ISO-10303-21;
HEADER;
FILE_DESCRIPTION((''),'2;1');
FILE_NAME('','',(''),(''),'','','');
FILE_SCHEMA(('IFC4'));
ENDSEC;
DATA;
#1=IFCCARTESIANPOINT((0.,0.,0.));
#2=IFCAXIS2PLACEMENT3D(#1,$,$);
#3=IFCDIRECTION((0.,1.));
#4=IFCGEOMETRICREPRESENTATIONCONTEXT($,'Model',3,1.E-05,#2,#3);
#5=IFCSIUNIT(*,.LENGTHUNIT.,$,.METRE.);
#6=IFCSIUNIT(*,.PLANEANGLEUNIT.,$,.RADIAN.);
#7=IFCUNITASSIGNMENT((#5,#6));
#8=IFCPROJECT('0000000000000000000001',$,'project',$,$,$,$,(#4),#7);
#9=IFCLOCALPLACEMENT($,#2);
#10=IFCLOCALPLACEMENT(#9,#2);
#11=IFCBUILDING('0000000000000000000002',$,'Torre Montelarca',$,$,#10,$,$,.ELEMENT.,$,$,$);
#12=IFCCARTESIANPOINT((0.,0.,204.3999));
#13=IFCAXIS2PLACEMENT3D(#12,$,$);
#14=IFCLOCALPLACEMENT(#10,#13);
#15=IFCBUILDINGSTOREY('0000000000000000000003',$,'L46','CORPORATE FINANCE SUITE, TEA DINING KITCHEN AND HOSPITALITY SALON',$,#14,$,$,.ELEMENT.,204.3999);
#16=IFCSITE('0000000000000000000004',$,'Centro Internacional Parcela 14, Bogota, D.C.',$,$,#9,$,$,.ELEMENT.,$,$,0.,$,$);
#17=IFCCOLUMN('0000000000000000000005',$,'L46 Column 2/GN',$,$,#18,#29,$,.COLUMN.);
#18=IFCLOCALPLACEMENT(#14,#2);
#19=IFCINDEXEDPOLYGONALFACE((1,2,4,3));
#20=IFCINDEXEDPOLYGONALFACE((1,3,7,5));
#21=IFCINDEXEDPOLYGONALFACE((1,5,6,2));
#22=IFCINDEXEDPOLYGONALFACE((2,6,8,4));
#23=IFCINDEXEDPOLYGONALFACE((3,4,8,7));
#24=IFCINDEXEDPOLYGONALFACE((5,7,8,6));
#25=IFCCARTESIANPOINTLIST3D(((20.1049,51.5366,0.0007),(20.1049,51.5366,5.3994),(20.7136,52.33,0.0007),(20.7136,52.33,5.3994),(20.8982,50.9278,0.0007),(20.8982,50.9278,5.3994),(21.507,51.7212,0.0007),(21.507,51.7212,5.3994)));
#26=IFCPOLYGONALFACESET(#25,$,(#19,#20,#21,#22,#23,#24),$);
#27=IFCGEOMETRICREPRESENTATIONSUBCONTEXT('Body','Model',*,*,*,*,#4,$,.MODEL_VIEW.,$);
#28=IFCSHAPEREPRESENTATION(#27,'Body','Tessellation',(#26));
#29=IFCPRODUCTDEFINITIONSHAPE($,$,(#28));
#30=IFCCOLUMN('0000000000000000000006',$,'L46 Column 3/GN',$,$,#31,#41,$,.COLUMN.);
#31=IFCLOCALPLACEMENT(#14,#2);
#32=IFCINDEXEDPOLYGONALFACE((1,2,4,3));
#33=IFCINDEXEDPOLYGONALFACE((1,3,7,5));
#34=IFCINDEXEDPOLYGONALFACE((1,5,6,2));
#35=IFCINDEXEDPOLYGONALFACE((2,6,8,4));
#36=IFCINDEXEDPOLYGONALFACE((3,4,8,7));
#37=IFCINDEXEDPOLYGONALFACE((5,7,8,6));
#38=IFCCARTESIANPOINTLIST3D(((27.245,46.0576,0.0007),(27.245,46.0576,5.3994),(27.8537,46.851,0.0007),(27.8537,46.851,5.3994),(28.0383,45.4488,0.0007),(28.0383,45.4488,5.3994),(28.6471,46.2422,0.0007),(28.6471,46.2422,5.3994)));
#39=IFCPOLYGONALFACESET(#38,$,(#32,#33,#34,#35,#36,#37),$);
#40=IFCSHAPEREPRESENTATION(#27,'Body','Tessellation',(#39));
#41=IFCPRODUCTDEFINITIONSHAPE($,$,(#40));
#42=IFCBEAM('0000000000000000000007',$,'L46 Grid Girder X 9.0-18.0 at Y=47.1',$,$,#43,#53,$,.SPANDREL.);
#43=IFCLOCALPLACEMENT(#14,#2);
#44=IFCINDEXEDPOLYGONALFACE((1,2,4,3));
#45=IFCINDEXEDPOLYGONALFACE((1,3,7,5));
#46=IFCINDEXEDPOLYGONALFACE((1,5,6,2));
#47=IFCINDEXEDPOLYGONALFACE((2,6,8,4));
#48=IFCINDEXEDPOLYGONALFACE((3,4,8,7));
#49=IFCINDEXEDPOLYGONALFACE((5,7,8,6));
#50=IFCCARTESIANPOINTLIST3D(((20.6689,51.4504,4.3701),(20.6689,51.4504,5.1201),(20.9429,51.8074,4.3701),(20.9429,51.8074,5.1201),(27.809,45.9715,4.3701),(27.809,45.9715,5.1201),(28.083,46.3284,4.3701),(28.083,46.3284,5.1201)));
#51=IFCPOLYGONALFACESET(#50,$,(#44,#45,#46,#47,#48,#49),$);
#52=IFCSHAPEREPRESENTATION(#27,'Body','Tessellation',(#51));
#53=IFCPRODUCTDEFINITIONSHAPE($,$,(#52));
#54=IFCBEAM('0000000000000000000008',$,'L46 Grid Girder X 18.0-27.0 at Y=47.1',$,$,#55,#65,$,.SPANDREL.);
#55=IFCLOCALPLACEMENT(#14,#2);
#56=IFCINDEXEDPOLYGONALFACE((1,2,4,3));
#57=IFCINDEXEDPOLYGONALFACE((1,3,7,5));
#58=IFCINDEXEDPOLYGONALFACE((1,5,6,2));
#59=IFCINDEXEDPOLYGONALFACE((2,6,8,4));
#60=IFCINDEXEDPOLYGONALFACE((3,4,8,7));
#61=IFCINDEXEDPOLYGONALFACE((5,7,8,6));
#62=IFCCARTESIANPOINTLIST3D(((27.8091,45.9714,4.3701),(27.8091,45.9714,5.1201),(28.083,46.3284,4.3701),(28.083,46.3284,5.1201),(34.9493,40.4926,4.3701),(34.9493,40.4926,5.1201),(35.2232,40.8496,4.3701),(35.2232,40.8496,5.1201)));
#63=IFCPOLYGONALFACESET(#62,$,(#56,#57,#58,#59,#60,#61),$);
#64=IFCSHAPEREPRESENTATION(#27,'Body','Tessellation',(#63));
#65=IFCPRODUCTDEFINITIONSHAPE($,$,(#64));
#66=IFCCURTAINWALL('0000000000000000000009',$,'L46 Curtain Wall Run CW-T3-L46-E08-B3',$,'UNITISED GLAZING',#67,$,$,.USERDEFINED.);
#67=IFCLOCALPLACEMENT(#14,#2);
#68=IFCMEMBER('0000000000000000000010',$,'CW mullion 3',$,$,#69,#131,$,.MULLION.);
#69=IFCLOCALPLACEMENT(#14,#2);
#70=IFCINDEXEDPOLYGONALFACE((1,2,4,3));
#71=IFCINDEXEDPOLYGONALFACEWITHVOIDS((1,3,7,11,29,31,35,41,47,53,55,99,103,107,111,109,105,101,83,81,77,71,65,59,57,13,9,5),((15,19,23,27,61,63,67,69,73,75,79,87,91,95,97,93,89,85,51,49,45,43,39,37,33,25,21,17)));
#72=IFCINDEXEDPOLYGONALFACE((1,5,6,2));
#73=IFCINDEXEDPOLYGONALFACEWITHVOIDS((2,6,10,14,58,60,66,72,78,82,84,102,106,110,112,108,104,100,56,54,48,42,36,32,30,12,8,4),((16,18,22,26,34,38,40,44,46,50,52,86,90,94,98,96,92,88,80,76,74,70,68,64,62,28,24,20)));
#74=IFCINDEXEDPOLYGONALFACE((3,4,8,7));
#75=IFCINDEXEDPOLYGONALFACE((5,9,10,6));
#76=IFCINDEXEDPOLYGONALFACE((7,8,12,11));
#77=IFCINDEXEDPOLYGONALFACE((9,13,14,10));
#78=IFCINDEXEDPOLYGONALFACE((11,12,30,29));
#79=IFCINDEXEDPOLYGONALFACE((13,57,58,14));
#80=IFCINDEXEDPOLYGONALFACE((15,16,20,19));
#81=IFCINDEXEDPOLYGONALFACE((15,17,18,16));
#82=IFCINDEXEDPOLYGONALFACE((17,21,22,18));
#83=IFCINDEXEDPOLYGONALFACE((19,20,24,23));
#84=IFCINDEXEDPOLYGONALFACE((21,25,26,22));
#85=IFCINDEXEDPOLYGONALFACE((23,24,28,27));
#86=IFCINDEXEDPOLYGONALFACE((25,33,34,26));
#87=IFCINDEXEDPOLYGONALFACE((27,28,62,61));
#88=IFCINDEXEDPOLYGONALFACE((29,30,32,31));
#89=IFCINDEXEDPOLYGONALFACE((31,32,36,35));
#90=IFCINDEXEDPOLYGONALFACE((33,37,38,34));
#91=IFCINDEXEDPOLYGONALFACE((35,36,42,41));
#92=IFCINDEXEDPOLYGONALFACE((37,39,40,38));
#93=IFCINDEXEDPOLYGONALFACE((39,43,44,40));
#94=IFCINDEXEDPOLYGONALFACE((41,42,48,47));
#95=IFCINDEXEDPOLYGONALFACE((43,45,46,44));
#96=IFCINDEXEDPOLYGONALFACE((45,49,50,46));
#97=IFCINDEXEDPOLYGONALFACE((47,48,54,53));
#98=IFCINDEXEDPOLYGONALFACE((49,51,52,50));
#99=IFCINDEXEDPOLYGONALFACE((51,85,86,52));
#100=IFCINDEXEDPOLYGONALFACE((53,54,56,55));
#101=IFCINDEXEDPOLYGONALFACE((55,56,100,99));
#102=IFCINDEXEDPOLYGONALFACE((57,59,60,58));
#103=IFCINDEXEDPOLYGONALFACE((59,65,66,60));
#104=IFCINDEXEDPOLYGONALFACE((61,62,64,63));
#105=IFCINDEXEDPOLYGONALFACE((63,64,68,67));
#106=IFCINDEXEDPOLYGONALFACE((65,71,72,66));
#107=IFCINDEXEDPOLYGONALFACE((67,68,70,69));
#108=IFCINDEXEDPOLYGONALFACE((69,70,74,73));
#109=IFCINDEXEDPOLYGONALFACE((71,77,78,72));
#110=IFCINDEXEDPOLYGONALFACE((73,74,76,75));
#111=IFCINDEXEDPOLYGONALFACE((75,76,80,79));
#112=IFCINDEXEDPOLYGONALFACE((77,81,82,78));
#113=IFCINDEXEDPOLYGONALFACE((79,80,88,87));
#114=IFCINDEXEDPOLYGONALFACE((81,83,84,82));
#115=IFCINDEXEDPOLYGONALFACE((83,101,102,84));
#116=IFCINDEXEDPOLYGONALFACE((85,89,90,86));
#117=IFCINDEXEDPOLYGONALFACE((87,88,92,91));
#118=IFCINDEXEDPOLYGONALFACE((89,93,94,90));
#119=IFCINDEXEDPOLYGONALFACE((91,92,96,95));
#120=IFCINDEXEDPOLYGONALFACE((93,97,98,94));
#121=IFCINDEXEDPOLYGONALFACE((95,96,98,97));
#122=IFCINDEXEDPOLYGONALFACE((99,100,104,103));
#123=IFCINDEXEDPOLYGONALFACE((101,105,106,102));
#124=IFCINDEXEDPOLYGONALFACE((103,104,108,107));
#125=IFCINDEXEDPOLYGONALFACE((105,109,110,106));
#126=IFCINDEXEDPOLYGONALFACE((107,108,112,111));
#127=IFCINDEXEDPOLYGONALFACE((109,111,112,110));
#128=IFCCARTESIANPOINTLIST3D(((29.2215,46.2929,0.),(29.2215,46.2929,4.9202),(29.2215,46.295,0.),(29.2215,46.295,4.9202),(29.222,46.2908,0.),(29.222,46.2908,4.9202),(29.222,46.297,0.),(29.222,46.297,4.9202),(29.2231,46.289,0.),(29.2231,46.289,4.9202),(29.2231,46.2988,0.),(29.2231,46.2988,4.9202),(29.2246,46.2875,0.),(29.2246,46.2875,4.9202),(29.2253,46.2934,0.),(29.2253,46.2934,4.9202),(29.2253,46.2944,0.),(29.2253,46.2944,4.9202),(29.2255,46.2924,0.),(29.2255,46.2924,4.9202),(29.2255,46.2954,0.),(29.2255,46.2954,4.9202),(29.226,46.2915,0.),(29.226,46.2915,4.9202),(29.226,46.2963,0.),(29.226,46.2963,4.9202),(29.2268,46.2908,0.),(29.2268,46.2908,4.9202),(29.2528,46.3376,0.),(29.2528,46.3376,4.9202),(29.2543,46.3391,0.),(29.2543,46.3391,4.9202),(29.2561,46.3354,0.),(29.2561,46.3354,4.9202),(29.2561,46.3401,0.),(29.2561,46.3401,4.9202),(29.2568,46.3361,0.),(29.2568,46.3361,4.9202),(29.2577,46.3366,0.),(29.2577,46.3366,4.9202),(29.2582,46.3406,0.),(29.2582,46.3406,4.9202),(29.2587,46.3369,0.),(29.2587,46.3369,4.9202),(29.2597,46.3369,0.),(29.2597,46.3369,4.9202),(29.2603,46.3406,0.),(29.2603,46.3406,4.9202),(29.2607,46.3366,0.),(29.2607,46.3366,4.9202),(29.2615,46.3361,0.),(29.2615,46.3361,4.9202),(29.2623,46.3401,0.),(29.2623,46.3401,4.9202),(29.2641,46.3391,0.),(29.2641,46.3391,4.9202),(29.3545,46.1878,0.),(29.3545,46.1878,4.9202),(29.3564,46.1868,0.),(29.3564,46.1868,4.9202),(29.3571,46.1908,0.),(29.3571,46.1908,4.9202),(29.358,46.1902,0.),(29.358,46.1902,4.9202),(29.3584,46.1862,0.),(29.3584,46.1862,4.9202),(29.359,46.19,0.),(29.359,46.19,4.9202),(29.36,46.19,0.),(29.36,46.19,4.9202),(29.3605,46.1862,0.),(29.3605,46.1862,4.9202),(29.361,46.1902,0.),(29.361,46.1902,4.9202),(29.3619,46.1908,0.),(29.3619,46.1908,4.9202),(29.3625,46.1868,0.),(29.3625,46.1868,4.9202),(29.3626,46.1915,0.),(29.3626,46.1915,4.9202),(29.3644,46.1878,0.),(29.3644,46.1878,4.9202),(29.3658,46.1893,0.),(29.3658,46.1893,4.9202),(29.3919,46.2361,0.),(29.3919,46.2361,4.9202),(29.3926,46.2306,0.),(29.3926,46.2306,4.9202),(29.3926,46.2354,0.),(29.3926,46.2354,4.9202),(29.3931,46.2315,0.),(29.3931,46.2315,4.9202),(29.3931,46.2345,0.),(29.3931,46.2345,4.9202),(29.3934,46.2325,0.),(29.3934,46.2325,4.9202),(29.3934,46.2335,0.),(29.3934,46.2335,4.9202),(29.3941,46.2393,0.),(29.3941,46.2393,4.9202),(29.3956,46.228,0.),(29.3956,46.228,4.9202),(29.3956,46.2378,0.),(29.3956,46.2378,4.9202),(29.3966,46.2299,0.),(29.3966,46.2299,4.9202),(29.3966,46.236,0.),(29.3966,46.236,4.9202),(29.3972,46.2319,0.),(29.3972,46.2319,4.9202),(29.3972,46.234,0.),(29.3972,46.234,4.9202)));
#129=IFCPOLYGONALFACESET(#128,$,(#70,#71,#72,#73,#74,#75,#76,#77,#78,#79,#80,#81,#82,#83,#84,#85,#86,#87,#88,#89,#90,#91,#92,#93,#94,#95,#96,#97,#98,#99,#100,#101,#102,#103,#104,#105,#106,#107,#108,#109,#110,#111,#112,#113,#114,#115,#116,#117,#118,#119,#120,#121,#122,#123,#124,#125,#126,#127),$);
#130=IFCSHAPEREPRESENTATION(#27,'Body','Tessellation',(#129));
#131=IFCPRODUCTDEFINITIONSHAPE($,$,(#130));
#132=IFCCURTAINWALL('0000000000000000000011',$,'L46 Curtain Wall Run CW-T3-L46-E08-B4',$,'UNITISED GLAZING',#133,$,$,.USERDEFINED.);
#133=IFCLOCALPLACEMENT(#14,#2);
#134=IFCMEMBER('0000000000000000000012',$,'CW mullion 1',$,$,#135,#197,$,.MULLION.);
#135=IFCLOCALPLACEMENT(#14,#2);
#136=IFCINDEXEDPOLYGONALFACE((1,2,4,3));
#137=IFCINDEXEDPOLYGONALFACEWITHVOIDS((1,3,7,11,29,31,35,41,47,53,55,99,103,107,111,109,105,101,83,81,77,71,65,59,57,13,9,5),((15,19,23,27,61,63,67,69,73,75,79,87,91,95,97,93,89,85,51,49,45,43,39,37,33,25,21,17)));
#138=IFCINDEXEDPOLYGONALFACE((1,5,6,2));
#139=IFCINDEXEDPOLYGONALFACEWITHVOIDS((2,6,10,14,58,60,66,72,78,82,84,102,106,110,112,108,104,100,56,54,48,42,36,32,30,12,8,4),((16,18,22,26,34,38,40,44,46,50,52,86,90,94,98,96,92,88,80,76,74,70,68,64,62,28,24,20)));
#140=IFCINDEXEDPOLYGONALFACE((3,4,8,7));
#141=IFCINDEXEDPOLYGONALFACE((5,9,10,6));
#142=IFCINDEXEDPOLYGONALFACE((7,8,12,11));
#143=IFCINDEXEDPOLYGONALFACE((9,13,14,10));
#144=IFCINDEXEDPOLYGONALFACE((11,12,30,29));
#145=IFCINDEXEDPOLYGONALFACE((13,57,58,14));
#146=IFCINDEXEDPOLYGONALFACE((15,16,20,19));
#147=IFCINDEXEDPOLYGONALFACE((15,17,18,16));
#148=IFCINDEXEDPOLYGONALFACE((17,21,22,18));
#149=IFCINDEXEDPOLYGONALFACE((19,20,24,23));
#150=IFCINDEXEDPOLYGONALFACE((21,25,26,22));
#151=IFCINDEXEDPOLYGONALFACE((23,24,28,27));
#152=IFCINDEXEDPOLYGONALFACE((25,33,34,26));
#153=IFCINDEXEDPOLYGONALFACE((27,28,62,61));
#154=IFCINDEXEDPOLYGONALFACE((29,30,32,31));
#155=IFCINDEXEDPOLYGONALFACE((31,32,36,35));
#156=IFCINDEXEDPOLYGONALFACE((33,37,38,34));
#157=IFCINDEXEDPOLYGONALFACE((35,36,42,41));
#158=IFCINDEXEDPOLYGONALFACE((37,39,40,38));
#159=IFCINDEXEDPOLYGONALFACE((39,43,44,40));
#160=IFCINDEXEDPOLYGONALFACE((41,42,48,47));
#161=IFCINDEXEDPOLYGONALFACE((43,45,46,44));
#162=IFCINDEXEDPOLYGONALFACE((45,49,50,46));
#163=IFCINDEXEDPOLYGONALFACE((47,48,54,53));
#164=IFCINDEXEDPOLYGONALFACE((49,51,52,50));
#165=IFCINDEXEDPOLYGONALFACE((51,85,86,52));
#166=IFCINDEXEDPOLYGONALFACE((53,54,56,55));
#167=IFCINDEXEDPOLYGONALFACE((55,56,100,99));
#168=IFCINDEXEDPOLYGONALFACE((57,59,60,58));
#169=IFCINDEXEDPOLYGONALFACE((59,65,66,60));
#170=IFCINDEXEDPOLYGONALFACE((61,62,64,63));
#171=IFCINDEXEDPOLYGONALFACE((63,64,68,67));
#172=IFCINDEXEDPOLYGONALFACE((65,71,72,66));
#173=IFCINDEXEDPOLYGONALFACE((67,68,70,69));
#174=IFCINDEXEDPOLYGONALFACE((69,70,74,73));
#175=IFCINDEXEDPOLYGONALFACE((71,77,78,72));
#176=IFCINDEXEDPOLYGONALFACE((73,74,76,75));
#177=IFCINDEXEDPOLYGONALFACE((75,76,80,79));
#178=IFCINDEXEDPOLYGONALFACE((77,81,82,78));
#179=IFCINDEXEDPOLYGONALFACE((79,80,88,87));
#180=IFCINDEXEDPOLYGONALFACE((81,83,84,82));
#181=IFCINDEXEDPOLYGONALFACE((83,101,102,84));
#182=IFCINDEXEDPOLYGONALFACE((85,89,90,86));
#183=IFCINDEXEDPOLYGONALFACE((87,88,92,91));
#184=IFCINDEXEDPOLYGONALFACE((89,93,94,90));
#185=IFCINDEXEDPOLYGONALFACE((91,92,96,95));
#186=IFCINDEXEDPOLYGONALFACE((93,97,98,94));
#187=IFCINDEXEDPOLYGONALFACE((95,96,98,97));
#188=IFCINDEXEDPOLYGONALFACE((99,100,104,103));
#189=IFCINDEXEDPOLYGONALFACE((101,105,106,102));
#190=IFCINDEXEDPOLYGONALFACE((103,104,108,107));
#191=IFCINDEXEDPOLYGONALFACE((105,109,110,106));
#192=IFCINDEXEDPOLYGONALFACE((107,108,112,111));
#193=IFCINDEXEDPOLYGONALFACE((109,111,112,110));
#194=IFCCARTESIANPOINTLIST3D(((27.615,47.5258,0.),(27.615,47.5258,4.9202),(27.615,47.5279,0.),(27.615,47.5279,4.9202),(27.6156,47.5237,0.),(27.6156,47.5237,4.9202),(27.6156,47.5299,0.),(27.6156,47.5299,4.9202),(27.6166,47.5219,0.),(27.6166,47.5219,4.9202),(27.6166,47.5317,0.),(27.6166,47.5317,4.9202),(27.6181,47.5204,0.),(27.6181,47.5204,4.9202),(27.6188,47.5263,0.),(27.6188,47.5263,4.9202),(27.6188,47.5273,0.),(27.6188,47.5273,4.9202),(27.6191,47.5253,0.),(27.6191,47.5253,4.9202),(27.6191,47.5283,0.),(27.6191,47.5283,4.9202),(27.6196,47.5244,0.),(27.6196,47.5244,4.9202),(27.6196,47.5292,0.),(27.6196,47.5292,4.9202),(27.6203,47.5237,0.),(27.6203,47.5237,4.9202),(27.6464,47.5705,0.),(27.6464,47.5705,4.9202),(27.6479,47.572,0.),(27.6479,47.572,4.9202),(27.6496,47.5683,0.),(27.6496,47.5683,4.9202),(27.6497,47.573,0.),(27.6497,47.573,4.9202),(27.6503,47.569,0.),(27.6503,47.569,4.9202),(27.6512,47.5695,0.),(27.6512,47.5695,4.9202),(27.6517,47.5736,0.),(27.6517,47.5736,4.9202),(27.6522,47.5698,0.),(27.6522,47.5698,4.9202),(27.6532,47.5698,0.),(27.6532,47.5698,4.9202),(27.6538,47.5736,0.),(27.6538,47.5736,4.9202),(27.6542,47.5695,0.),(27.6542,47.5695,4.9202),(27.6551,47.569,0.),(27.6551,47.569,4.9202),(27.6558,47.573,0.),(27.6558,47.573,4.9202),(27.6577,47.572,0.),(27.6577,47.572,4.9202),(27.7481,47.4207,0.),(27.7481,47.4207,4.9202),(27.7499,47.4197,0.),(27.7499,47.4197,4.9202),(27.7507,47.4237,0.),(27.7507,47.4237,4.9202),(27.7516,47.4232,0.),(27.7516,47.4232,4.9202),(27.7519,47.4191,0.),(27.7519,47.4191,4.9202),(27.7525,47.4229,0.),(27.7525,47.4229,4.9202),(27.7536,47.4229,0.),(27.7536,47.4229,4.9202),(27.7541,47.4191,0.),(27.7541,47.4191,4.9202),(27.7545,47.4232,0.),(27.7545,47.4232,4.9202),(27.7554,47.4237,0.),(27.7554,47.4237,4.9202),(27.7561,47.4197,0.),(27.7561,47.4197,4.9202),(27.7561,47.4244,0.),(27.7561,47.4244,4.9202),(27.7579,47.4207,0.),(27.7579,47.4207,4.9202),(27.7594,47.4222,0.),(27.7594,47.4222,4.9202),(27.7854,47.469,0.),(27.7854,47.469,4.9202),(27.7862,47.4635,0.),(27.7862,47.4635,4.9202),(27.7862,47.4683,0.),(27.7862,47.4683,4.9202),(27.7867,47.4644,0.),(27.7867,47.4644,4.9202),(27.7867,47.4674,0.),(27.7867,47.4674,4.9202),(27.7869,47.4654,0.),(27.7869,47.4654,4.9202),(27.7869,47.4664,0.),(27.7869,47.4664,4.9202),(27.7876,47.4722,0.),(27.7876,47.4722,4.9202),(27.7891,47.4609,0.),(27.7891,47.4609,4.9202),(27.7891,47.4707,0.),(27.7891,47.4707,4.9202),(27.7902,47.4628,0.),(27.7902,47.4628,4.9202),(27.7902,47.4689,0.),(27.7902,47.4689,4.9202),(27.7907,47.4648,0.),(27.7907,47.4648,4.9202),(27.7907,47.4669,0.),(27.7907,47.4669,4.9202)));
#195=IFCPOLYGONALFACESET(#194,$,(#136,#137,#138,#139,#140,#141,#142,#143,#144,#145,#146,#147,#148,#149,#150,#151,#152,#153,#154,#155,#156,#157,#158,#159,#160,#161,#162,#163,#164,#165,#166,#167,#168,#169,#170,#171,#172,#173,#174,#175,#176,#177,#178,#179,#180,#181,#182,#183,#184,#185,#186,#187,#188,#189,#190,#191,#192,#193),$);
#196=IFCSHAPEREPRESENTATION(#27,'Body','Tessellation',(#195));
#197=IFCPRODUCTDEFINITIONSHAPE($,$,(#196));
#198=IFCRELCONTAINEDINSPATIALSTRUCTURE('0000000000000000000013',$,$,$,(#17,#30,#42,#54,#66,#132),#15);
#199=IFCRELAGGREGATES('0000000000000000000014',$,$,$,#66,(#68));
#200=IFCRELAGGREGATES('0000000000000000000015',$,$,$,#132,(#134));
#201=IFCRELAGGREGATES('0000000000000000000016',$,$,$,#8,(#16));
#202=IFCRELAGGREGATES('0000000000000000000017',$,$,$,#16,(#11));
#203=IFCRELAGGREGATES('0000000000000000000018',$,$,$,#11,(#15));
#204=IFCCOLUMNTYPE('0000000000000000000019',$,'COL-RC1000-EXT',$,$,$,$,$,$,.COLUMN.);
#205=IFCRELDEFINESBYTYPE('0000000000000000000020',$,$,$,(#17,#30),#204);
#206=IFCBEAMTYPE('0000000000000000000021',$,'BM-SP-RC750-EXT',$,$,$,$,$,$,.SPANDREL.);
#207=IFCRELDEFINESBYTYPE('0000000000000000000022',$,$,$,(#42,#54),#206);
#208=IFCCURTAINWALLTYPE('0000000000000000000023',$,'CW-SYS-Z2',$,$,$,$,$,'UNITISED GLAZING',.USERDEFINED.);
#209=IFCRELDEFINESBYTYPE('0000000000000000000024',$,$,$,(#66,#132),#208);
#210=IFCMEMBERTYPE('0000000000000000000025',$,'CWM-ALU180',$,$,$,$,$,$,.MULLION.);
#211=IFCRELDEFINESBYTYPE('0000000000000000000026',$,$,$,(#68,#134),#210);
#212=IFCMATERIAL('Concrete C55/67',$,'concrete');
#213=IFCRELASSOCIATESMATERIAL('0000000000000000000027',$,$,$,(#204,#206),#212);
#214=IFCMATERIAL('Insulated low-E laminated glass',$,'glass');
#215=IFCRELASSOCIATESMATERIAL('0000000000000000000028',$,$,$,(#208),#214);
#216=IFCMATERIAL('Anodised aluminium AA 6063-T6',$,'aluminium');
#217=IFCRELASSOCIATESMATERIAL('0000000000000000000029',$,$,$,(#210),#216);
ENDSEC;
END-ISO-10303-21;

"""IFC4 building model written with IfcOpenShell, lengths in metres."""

from ifc_helpers import new_model, si_unit, direction, frame, origin, origin_2d, place, context, subcontext, project, spatial, rectangle, hollow_rectangle, extrude, source, transform, mapped, material, material_profile, profile_set, type_object, element, aggregate, save


model = new_model("IFC4")

# Units and contexts
model_context = context("Model", 3, precision=1e-05, world=origin(), true_north=direction((0.0, 1.0)))
body_context = subcontext(model_context, "Body", "Model", "MODEL_VIEW")
ifc_project = project(units=[si_unit("LENGTHUNIT", "METRE"), si_unit("PLANEANGLEUNIT", "RADIAN")], contexts=[model_context])

# Site, building, storey
site_placement = place(None, origin())
site = spatial("IfcSite", under=ifc_project, at=site_placement, Name="Centro Internacional Parcela 14, Bogota, D.C.", CompositionType="ELEMENT", RefElevation=0.0)
building_placement = place(site_placement, origin())
building = spatial("IfcBuilding", under=site, at=building_placement, Name="Torre Montelarca", CompositionType="ELEMENT")
storey_placement = place(building_placement, frame((0.0, 0.0, 204.3999)))
storey = spatial("IfcBuildingStorey", under=building, at=storey_placement, Name="L46", Description="CORPORATE FINANCE SUITE, TEA DINING KITCHEN AND HOSPITALITY SALON", CompositionType="ELEMENT", Elevation=204.3999)

# Columns
ifc_material_1 = material(Name="Concrete C55/67", Category="concrete")
ifc_material_profile_1 = material_profile(ifc_material_1, rectangle(XDim=1.0, YDim=1.0, at=origin_2d()), Name="RC1000X1000", Category="concrete")
ifc_profile_set_1 = profile_set([ifc_material_profile_1], Name="Concrete C55/67")
column_type = type_object("IfcColumnType", Name="COL-RC1000-EXT", PredefinedType="COLUMN", material=ifc_profile_set_1)
shared_shape_1 = source(origin(), body_context, "Body", "SweptSolid", [
    extrude(rectangle(XDim=1.0, YDim=1.0, at=origin_2d()), origin(), (0.0, 0.0, 1.0), 5.3987),
])
for number, where, z_axis, x_axis, name in (
    (1, (20.8059, 51.6289, 0.0007), (0.0, 0.0, 1.0), (-0.793353, 0.608761, 0.0), "L46 Column 2/GN"),
    (2, (27.946, 46.1499, 0.0007), (0.0, 0.0, 1.0), (-0.793353, 0.608761, 0.0), "L46 Column 3/GN"),
):
    element("IfcColumn", number, at=place(storey_placement, frame(where, z_axis=z_axis, x_axis=x_axis)), inside=storey, type_object=column_type, Name=name, PredefinedType="COLUMN", context=body_context, shape_type="MappedRepresentation", body=[
        mapped(shared_shape_1, transform((0.0, 0.0, 0.0), scale=1.0)),
    ])

# Beams
ifc_material_profile_2 = material_profile(ifc_material_1, rectangle(XDim=0.45, YDim=0.75, at=origin_2d()), Name="RCB450X750", Category="concrete")
ifc_profile_set_2 = profile_set([ifc_material_profile_2], Name="Concrete C55/67")
beam_type = type_object("IfcBeamType", Name="BM-SP-RC750-EXT", PredefinedType="SPANDREL", material=ifc_profile_set_2)
shared_shape_2 = source(origin(), body_context, "Body", "SweptSolid", [
    extrude(rectangle(XDim=0.45, YDim=0.75, at=origin_2d()), origin(), (0.0, 0.0, 1.0), 9.0),
])
for number, where, z_axis, x_axis, name in (
    (3, (20.8059, 51.6289, 4.7451), (0.793343, -0.608774, 0.0), (0.608774, 0.793343, 0.0), "L46 Grid Girder X 9.0-18.0 at Y=47.1"),
    (4, (27.946, 46.1499, 4.7451), (0.793357, -0.608757, 0.0), (0.608757, 0.793357, 0.0), "L46 Grid Girder X 18.0-27.0 at Y=47.1"),
):
    element("IfcBeam", number, at=place(storey_placement, frame(where, z_axis=z_axis, x_axis=x_axis)), inside=storey, type_object=beam_type, Name=name, PredefinedType="SPANDREL", context=body_context, shape_type="MappedRepresentation", body=[
        mapped(shared_shape_2, transform((0.0, 0.0, 0.0), scale=1.0)),
    ])

# Curtain wall, member
ifc_material_2 = material(Name="Insulated low-E laminated glass", Category="glass")
curtain_wall_type = type_object("IfcCurtainWallType", Name="CW-SYS-Z2", ElementType="UNITISED GLAZING", PredefinedType="USERDEFINED", material=ifc_material_2)
curtain_wall_1_placement = place(storey_placement, origin())
curtain_wall_1 = element("IfcCurtainWall", 5, at=curtain_wall_1_placement, inside=storey, type_object=curtain_wall_type, Name="L46 Curtain Wall Run CW-T3-L46-E08-B3", ObjectType="UNITISED GLAZING", PredefinedType="USERDEFINED")
ifc_material_3 = material(Name="Anodised aluminium AA 6063-T6", Category="aluminium")
ifc_material_profile_3 = material_profile(ifc_material_3, hollow_rectangle(XDim=0.0649, YDim=0.1799, WallThickness=0.0039, InnerFilletRadius=0.0039, OuterFilletRadius=0.0081, at=origin_2d()), Name="ALU65X180X4", Category="aluminium")
ifc_profile_set_3 = profile_set([ifc_material_profile_3], Name="Anodised aluminium AA 6063-T6")
member_type_1 = type_object("IfcMemberType", Name="CWM-ALU180", PredefinedType="MULLION", material=ifc_profile_set_3)
shared_shape_3 = source(origin(), body_context, "Body", "SweptSolid", [
    extrude(hollow_rectangle(XDim=0.0649, YDim=0.1799, WallThickness=0.0039, InnerFilletRadius=0.0039, OuterFilletRadius=0.0081, at=origin_2d()), origin(), (0.0, 0.0, 1.0), 4.9202),
])
member_1_placement = place(storey_placement, frame((29.3093, 46.2634, 0.0), z_axis=(0.0, 0.0, 1.0), x_axis=(-0.608757, -0.793357, 0.0)))
member_1 = element("IfcMember", 6, at=member_1_placement, type_object=member_type_1, Name="CW mullion 3", PredefinedType="MULLION", context=body_context, shape_type="MappedRepresentation", body=[
    mapped(shared_shape_3, transform((0.0, 0.0, 0.0), scale=1.0)),
])
aggregate(curtain_wall_1, [member_1])

# Curtain wall, member
curtain_wall_2_placement = place(storey_placement, origin())
curtain_wall_2 = element("IfcCurtainWall", 7, at=curtain_wall_2_placement, inside=storey, type_object=curtain_wall_type, Name="L46 Curtain Wall Run CW-T3-L46-E08-B4", ObjectType="UNITISED GLAZING", PredefinedType="USERDEFINED")
member_2_placement = place(storey_placement, frame((27.7029, 47.4963, 0.0), z_axis=(0.0, 0.0, 1.0), x_axis=(-0.608764, -0.793352, 0.0)))
member_2 = element("IfcMember", 8, at=member_2_placement, type_object=member_type_1, Name="CW mullion 1", PredefinedType="MULLION", context=body_context, shape_type="MappedRepresentation", body=[
    mapped(shared_shape_3, transform((0.0, 0.0, 0.0), scale=1.0)),
])

aggregate(curtain_wall_2, [member_2])

save(model, "model.ifc")
